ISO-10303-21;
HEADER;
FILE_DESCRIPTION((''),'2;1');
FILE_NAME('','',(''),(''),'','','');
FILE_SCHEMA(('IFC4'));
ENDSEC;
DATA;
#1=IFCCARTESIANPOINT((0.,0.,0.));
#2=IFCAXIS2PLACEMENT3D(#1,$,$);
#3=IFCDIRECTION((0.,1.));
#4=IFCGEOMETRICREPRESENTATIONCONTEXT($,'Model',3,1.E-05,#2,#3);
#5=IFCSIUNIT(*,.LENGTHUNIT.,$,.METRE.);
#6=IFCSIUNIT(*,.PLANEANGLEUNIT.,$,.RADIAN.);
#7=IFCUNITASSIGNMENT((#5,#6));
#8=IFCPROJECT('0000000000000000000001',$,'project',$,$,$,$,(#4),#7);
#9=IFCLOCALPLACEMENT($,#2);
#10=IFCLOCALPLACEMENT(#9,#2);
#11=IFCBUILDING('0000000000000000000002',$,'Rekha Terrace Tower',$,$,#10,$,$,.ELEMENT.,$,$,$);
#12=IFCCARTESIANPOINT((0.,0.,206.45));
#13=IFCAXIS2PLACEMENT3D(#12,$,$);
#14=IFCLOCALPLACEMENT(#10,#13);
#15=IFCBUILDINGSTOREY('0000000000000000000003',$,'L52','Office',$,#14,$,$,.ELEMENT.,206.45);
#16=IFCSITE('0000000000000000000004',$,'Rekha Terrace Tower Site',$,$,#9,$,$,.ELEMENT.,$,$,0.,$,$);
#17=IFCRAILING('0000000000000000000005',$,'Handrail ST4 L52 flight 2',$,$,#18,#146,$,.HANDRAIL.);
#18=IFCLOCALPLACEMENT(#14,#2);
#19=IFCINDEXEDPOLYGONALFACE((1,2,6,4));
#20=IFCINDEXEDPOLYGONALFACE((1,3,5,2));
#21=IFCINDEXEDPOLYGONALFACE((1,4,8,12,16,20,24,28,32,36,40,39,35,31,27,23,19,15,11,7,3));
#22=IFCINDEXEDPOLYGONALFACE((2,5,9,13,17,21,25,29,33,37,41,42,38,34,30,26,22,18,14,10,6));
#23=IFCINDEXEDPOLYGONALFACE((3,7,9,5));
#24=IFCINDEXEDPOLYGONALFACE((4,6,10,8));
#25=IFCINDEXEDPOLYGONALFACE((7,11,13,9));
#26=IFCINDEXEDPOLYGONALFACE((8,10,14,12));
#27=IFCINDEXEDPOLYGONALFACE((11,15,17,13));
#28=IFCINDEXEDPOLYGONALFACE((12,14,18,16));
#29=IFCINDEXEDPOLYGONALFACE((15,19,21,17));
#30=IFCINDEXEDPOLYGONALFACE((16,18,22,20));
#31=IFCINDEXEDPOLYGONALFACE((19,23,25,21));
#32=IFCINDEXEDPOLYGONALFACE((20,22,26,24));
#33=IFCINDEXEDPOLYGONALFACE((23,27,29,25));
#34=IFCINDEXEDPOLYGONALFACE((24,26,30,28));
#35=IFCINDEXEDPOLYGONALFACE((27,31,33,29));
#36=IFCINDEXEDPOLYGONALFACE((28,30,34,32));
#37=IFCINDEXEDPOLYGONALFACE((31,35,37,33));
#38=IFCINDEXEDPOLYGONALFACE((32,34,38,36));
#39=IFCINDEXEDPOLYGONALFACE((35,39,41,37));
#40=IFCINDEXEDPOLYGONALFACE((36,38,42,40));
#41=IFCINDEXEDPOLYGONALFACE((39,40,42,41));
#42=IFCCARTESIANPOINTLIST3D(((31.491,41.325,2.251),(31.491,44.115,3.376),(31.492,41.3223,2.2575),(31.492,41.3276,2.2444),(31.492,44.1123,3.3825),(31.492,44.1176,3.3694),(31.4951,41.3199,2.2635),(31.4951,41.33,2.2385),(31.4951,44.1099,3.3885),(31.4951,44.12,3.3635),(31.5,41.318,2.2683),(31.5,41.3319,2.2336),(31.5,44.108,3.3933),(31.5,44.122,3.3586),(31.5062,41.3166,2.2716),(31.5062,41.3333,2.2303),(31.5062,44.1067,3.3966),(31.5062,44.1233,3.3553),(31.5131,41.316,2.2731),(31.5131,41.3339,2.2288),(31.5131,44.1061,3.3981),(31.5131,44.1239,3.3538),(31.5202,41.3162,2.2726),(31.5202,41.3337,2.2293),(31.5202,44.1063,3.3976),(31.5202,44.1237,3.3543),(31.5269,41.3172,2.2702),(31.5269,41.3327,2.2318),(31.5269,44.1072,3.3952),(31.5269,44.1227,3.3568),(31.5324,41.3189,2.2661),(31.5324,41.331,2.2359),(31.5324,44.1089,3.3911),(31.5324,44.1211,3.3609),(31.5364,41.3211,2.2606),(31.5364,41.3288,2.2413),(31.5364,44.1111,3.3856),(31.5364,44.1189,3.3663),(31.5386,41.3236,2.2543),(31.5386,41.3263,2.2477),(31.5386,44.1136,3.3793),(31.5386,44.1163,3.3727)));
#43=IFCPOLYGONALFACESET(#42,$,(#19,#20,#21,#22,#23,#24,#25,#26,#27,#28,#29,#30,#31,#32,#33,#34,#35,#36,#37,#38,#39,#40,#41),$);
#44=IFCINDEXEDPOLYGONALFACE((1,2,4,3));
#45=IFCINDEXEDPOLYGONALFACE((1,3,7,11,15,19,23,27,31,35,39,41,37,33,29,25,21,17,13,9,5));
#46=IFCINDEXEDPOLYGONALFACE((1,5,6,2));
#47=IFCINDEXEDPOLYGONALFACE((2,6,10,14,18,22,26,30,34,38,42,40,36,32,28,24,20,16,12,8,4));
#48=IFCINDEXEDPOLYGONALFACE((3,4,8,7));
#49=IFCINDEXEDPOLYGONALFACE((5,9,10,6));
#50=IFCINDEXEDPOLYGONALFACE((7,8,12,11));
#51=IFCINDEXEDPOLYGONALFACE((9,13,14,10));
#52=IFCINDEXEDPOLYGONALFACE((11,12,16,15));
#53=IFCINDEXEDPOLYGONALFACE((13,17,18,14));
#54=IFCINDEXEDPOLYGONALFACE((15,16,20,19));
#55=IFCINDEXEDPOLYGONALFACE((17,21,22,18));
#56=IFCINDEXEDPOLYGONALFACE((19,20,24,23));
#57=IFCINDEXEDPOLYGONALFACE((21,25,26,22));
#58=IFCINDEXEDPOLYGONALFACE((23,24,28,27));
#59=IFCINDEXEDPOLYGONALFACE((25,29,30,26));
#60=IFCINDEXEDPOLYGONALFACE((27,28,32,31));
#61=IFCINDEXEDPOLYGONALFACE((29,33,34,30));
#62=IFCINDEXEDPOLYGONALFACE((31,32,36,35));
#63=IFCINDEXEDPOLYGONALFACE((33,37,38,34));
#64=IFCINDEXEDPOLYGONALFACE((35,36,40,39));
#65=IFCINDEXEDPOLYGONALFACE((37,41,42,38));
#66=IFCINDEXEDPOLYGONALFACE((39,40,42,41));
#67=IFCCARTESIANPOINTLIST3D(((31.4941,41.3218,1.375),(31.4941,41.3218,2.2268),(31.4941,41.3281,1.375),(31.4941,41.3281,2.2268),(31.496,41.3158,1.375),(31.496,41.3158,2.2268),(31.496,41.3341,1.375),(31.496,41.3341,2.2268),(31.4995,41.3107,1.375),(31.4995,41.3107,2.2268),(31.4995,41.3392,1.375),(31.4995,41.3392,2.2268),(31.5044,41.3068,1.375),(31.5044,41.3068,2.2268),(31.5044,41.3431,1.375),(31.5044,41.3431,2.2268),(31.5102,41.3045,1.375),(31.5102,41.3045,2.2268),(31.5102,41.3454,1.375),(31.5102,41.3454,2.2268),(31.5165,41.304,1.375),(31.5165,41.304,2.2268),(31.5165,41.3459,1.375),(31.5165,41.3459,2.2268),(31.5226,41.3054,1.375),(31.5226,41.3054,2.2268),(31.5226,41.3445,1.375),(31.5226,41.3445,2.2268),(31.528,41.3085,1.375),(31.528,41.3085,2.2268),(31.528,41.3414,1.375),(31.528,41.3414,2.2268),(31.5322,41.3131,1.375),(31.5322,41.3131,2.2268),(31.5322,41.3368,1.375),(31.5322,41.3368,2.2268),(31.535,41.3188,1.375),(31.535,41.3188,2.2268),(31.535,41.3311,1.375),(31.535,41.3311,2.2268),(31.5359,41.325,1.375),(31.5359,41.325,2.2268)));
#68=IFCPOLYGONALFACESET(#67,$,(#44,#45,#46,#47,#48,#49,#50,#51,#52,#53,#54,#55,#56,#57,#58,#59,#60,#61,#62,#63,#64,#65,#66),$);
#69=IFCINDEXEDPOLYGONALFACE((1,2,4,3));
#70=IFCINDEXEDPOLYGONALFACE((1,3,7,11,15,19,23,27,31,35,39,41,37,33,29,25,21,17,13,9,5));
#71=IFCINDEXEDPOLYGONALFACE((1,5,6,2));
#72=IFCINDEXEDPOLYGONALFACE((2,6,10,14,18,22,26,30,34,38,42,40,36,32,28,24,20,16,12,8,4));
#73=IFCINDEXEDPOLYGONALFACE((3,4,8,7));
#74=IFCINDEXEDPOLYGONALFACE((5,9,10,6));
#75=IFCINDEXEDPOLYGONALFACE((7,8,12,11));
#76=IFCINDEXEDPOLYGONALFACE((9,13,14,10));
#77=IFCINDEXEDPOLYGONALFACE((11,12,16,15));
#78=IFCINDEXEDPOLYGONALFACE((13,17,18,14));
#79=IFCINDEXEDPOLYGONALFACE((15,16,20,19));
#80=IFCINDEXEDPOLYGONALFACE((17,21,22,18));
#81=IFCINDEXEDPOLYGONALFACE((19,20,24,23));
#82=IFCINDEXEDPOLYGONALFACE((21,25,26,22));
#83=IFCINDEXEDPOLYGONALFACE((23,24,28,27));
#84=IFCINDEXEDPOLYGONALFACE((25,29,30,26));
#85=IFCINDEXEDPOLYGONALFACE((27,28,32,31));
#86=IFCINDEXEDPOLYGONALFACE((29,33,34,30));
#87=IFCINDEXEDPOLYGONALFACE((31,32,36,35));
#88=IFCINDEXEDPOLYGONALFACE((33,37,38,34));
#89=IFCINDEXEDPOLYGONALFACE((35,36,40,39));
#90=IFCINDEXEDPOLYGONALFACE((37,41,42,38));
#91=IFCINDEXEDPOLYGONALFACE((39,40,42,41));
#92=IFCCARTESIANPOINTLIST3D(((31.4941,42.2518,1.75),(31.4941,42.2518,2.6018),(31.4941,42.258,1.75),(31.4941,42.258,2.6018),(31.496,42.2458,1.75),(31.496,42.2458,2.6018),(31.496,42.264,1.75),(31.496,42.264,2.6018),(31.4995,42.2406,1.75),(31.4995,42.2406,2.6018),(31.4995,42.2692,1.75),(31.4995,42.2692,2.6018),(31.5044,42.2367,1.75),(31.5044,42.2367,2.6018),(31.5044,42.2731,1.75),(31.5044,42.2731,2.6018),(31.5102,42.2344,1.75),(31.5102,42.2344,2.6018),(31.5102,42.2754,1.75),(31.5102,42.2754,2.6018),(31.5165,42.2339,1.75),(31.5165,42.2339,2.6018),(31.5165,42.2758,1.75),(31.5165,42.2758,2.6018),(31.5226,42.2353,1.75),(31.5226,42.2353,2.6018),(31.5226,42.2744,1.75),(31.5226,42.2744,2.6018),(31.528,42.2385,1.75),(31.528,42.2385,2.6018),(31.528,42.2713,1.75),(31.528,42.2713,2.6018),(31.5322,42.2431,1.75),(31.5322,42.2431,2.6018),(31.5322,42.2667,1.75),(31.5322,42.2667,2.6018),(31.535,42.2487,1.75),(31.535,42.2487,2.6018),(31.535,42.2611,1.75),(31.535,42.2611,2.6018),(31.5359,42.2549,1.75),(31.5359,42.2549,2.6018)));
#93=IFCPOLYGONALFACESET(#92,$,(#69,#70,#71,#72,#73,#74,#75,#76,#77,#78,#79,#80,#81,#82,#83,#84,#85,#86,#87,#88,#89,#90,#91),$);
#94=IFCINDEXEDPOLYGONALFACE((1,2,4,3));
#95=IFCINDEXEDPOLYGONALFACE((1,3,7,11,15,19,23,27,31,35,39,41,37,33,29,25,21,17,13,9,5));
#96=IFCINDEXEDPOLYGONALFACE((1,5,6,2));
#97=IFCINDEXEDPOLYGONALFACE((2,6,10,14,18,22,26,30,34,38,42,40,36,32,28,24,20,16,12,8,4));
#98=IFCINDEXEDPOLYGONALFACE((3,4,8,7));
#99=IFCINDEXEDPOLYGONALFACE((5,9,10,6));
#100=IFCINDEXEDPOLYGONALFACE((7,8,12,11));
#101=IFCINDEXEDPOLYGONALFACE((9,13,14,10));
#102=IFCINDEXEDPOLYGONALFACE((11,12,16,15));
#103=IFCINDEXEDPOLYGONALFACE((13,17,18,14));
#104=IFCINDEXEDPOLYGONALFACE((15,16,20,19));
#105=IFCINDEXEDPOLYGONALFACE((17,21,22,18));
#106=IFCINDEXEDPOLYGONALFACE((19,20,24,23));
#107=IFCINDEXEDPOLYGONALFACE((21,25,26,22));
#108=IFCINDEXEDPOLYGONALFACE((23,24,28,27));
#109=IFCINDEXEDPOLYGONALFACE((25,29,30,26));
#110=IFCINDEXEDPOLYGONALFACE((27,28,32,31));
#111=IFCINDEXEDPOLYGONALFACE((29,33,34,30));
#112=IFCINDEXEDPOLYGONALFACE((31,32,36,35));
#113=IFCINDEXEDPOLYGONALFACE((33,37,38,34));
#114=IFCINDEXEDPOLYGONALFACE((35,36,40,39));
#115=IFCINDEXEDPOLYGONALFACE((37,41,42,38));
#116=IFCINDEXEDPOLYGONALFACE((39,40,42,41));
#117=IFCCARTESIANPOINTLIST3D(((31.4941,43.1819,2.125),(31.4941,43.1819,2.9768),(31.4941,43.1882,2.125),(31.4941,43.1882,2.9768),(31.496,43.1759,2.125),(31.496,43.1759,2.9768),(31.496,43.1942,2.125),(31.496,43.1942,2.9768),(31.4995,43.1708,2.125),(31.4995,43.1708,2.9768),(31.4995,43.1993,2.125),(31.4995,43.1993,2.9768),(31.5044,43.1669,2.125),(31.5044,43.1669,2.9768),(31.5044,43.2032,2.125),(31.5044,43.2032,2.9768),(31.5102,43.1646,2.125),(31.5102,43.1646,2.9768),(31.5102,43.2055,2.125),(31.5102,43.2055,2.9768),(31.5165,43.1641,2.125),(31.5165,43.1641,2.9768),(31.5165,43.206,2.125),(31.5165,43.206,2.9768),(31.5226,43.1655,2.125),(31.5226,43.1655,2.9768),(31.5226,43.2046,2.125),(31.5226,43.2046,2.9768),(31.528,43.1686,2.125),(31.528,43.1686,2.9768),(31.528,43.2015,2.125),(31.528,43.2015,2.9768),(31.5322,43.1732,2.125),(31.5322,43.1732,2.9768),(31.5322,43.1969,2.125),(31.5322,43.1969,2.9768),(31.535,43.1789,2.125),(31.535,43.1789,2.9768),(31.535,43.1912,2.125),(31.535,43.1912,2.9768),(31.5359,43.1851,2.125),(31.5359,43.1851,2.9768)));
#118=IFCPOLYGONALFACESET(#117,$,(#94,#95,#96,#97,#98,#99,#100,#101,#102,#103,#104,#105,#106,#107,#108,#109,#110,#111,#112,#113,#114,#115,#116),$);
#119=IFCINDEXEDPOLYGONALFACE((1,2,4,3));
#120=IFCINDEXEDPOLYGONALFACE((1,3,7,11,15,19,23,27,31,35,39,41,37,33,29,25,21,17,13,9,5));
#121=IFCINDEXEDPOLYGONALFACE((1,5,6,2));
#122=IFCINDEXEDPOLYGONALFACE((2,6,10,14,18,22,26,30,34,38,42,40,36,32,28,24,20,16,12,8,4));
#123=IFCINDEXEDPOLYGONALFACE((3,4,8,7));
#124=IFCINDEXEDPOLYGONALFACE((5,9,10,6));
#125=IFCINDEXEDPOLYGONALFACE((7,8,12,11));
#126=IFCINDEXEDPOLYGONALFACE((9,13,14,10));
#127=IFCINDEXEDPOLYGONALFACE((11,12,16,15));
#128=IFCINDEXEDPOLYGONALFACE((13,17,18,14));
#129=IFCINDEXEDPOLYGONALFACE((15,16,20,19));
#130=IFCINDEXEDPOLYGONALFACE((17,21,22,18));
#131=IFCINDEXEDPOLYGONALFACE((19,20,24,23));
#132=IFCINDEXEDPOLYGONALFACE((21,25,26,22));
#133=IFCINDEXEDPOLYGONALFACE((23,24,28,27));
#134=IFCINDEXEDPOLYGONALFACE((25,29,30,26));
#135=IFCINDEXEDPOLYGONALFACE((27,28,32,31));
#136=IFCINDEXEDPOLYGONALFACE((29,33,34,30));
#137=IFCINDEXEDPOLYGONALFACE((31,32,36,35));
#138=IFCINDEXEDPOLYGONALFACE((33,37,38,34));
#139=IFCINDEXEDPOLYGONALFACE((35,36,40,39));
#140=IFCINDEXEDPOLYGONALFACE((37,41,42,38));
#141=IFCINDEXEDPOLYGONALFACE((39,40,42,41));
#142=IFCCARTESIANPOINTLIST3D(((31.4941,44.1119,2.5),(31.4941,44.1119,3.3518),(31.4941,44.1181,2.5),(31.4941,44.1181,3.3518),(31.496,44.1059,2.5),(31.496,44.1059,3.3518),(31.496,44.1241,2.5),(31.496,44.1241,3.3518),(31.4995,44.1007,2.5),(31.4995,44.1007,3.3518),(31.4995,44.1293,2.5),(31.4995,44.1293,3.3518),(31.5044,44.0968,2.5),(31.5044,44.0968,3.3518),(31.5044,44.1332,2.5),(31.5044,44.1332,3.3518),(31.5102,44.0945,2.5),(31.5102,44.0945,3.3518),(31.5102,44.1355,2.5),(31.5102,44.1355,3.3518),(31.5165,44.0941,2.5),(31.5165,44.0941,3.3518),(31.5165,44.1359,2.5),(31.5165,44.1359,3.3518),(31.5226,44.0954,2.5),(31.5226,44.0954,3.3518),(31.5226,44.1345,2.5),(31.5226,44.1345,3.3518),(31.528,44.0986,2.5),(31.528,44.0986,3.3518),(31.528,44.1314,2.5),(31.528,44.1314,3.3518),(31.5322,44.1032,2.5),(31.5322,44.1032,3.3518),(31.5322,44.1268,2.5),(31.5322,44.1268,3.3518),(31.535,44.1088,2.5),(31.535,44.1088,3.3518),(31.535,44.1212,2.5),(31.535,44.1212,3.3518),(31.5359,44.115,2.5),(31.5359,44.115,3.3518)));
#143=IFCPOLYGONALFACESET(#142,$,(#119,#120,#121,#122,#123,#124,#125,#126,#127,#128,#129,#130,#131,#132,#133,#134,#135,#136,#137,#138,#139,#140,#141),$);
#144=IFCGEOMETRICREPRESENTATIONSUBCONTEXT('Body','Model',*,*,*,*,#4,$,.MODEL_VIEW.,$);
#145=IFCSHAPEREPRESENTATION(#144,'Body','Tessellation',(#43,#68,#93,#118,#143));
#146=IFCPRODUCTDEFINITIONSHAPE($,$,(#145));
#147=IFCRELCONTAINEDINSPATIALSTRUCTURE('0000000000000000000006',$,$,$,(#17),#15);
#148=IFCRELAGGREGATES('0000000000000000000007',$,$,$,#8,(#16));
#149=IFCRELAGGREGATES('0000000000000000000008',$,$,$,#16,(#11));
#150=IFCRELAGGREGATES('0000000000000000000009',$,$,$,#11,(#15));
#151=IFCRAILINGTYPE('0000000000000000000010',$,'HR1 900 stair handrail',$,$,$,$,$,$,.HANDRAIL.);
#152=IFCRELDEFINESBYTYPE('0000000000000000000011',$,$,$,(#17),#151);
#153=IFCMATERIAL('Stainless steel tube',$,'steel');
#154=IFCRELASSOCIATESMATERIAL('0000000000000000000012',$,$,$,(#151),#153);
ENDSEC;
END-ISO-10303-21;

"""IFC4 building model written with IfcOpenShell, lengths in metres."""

from ifc_helpers import new_model, si_unit, direction, frame, origin, origin_2d, place, context, subcontext, project, spatial, circle, extrude, material, type_object, element, save


model = new_model("IFC4")

# Units and contexts
model_context = context("Model", 3, precision=1e-05, world=origin(), true_north=direction((0.0, 1.0)))
body_context = subcontext(model_context, "Body", "Model", "MODEL_VIEW")
ifc_project = project(units=[si_unit("LENGTHUNIT", "METRE"), si_unit("PLANEANGLEUNIT", "RADIAN")], contexts=[model_context])

# Site, building, storey
site_placement = place(None, origin())
site = spatial("IfcSite", under=ifc_project, at=site_placement, Name="Rekha Terrace Tower Site", CompositionType="ELEMENT", RefElevation=0.0)
building_placement = place(site_placement, origin())
building = spatial("IfcBuilding", under=site, at=building_placement, Name="Rekha Terrace Tower", CompositionType="ELEMENT")
storey_placement = place(building_placement, frame((0.0, 0.0, 206.45)))
storey = spatial("IfcBuildingStorey", under=building, at=storey_placement, Name="L52", Description="Office", CompositionType="ELEMENT", Elevation=206.45)

# Railing
ifc_material_1 = material(Name="Stainless steel tube", Category="steel")
railing_type = type_object("IfcRailingType", Name="HR1 900 stair handrail", PredefinedType="HANDRAIL", material=ifc_material_1)
for number, where, name in (
    (1, (31.5149, 41.325, 1.375), "Handrail ST4 L52 flight 2"),
):
    element("IfcRailing", number, at=place(storey_placement, frame(where)), inside=storey, type_object=railing_type, Name=name, PredefinedType="HANDRAIL", context=body_context, shape_type="SweptSolid", body=[
        extrude(circle(Radius=0.0239, at=origin_2d()), frame((0.0, 0.0, 0.876), z_axis=(0.0, 0.927443, 0.373964), x_axis=(-1.0, 0.0, 0.0)), (0.0, 0.0, 1.0), 3.0083),
        extrude(circle(Radius=0.021, at=origin_2d()), origin(), (0.0, 0.0, 1.0), 0.8518),
        extrude(circle(Radius=0.021, at=origin_2d()), frame((0.0, 0.9299, 0.375)), (0.0, 0.0, 1.0), 0.8518),
        extrude(circle(Radius=0.021, at=origin_2d()), frame((0.0, 1.8601, 0.75)), (0.0, 0.0, 1.0), 0.8518),
        extrude(circle(Radius=0.021, at=origin_2d()), frame((0.0, 2.79, 1.125)), (0.0, 0.0, 1.0), 0.8518),
    ])

save(model, "model.ifc")
